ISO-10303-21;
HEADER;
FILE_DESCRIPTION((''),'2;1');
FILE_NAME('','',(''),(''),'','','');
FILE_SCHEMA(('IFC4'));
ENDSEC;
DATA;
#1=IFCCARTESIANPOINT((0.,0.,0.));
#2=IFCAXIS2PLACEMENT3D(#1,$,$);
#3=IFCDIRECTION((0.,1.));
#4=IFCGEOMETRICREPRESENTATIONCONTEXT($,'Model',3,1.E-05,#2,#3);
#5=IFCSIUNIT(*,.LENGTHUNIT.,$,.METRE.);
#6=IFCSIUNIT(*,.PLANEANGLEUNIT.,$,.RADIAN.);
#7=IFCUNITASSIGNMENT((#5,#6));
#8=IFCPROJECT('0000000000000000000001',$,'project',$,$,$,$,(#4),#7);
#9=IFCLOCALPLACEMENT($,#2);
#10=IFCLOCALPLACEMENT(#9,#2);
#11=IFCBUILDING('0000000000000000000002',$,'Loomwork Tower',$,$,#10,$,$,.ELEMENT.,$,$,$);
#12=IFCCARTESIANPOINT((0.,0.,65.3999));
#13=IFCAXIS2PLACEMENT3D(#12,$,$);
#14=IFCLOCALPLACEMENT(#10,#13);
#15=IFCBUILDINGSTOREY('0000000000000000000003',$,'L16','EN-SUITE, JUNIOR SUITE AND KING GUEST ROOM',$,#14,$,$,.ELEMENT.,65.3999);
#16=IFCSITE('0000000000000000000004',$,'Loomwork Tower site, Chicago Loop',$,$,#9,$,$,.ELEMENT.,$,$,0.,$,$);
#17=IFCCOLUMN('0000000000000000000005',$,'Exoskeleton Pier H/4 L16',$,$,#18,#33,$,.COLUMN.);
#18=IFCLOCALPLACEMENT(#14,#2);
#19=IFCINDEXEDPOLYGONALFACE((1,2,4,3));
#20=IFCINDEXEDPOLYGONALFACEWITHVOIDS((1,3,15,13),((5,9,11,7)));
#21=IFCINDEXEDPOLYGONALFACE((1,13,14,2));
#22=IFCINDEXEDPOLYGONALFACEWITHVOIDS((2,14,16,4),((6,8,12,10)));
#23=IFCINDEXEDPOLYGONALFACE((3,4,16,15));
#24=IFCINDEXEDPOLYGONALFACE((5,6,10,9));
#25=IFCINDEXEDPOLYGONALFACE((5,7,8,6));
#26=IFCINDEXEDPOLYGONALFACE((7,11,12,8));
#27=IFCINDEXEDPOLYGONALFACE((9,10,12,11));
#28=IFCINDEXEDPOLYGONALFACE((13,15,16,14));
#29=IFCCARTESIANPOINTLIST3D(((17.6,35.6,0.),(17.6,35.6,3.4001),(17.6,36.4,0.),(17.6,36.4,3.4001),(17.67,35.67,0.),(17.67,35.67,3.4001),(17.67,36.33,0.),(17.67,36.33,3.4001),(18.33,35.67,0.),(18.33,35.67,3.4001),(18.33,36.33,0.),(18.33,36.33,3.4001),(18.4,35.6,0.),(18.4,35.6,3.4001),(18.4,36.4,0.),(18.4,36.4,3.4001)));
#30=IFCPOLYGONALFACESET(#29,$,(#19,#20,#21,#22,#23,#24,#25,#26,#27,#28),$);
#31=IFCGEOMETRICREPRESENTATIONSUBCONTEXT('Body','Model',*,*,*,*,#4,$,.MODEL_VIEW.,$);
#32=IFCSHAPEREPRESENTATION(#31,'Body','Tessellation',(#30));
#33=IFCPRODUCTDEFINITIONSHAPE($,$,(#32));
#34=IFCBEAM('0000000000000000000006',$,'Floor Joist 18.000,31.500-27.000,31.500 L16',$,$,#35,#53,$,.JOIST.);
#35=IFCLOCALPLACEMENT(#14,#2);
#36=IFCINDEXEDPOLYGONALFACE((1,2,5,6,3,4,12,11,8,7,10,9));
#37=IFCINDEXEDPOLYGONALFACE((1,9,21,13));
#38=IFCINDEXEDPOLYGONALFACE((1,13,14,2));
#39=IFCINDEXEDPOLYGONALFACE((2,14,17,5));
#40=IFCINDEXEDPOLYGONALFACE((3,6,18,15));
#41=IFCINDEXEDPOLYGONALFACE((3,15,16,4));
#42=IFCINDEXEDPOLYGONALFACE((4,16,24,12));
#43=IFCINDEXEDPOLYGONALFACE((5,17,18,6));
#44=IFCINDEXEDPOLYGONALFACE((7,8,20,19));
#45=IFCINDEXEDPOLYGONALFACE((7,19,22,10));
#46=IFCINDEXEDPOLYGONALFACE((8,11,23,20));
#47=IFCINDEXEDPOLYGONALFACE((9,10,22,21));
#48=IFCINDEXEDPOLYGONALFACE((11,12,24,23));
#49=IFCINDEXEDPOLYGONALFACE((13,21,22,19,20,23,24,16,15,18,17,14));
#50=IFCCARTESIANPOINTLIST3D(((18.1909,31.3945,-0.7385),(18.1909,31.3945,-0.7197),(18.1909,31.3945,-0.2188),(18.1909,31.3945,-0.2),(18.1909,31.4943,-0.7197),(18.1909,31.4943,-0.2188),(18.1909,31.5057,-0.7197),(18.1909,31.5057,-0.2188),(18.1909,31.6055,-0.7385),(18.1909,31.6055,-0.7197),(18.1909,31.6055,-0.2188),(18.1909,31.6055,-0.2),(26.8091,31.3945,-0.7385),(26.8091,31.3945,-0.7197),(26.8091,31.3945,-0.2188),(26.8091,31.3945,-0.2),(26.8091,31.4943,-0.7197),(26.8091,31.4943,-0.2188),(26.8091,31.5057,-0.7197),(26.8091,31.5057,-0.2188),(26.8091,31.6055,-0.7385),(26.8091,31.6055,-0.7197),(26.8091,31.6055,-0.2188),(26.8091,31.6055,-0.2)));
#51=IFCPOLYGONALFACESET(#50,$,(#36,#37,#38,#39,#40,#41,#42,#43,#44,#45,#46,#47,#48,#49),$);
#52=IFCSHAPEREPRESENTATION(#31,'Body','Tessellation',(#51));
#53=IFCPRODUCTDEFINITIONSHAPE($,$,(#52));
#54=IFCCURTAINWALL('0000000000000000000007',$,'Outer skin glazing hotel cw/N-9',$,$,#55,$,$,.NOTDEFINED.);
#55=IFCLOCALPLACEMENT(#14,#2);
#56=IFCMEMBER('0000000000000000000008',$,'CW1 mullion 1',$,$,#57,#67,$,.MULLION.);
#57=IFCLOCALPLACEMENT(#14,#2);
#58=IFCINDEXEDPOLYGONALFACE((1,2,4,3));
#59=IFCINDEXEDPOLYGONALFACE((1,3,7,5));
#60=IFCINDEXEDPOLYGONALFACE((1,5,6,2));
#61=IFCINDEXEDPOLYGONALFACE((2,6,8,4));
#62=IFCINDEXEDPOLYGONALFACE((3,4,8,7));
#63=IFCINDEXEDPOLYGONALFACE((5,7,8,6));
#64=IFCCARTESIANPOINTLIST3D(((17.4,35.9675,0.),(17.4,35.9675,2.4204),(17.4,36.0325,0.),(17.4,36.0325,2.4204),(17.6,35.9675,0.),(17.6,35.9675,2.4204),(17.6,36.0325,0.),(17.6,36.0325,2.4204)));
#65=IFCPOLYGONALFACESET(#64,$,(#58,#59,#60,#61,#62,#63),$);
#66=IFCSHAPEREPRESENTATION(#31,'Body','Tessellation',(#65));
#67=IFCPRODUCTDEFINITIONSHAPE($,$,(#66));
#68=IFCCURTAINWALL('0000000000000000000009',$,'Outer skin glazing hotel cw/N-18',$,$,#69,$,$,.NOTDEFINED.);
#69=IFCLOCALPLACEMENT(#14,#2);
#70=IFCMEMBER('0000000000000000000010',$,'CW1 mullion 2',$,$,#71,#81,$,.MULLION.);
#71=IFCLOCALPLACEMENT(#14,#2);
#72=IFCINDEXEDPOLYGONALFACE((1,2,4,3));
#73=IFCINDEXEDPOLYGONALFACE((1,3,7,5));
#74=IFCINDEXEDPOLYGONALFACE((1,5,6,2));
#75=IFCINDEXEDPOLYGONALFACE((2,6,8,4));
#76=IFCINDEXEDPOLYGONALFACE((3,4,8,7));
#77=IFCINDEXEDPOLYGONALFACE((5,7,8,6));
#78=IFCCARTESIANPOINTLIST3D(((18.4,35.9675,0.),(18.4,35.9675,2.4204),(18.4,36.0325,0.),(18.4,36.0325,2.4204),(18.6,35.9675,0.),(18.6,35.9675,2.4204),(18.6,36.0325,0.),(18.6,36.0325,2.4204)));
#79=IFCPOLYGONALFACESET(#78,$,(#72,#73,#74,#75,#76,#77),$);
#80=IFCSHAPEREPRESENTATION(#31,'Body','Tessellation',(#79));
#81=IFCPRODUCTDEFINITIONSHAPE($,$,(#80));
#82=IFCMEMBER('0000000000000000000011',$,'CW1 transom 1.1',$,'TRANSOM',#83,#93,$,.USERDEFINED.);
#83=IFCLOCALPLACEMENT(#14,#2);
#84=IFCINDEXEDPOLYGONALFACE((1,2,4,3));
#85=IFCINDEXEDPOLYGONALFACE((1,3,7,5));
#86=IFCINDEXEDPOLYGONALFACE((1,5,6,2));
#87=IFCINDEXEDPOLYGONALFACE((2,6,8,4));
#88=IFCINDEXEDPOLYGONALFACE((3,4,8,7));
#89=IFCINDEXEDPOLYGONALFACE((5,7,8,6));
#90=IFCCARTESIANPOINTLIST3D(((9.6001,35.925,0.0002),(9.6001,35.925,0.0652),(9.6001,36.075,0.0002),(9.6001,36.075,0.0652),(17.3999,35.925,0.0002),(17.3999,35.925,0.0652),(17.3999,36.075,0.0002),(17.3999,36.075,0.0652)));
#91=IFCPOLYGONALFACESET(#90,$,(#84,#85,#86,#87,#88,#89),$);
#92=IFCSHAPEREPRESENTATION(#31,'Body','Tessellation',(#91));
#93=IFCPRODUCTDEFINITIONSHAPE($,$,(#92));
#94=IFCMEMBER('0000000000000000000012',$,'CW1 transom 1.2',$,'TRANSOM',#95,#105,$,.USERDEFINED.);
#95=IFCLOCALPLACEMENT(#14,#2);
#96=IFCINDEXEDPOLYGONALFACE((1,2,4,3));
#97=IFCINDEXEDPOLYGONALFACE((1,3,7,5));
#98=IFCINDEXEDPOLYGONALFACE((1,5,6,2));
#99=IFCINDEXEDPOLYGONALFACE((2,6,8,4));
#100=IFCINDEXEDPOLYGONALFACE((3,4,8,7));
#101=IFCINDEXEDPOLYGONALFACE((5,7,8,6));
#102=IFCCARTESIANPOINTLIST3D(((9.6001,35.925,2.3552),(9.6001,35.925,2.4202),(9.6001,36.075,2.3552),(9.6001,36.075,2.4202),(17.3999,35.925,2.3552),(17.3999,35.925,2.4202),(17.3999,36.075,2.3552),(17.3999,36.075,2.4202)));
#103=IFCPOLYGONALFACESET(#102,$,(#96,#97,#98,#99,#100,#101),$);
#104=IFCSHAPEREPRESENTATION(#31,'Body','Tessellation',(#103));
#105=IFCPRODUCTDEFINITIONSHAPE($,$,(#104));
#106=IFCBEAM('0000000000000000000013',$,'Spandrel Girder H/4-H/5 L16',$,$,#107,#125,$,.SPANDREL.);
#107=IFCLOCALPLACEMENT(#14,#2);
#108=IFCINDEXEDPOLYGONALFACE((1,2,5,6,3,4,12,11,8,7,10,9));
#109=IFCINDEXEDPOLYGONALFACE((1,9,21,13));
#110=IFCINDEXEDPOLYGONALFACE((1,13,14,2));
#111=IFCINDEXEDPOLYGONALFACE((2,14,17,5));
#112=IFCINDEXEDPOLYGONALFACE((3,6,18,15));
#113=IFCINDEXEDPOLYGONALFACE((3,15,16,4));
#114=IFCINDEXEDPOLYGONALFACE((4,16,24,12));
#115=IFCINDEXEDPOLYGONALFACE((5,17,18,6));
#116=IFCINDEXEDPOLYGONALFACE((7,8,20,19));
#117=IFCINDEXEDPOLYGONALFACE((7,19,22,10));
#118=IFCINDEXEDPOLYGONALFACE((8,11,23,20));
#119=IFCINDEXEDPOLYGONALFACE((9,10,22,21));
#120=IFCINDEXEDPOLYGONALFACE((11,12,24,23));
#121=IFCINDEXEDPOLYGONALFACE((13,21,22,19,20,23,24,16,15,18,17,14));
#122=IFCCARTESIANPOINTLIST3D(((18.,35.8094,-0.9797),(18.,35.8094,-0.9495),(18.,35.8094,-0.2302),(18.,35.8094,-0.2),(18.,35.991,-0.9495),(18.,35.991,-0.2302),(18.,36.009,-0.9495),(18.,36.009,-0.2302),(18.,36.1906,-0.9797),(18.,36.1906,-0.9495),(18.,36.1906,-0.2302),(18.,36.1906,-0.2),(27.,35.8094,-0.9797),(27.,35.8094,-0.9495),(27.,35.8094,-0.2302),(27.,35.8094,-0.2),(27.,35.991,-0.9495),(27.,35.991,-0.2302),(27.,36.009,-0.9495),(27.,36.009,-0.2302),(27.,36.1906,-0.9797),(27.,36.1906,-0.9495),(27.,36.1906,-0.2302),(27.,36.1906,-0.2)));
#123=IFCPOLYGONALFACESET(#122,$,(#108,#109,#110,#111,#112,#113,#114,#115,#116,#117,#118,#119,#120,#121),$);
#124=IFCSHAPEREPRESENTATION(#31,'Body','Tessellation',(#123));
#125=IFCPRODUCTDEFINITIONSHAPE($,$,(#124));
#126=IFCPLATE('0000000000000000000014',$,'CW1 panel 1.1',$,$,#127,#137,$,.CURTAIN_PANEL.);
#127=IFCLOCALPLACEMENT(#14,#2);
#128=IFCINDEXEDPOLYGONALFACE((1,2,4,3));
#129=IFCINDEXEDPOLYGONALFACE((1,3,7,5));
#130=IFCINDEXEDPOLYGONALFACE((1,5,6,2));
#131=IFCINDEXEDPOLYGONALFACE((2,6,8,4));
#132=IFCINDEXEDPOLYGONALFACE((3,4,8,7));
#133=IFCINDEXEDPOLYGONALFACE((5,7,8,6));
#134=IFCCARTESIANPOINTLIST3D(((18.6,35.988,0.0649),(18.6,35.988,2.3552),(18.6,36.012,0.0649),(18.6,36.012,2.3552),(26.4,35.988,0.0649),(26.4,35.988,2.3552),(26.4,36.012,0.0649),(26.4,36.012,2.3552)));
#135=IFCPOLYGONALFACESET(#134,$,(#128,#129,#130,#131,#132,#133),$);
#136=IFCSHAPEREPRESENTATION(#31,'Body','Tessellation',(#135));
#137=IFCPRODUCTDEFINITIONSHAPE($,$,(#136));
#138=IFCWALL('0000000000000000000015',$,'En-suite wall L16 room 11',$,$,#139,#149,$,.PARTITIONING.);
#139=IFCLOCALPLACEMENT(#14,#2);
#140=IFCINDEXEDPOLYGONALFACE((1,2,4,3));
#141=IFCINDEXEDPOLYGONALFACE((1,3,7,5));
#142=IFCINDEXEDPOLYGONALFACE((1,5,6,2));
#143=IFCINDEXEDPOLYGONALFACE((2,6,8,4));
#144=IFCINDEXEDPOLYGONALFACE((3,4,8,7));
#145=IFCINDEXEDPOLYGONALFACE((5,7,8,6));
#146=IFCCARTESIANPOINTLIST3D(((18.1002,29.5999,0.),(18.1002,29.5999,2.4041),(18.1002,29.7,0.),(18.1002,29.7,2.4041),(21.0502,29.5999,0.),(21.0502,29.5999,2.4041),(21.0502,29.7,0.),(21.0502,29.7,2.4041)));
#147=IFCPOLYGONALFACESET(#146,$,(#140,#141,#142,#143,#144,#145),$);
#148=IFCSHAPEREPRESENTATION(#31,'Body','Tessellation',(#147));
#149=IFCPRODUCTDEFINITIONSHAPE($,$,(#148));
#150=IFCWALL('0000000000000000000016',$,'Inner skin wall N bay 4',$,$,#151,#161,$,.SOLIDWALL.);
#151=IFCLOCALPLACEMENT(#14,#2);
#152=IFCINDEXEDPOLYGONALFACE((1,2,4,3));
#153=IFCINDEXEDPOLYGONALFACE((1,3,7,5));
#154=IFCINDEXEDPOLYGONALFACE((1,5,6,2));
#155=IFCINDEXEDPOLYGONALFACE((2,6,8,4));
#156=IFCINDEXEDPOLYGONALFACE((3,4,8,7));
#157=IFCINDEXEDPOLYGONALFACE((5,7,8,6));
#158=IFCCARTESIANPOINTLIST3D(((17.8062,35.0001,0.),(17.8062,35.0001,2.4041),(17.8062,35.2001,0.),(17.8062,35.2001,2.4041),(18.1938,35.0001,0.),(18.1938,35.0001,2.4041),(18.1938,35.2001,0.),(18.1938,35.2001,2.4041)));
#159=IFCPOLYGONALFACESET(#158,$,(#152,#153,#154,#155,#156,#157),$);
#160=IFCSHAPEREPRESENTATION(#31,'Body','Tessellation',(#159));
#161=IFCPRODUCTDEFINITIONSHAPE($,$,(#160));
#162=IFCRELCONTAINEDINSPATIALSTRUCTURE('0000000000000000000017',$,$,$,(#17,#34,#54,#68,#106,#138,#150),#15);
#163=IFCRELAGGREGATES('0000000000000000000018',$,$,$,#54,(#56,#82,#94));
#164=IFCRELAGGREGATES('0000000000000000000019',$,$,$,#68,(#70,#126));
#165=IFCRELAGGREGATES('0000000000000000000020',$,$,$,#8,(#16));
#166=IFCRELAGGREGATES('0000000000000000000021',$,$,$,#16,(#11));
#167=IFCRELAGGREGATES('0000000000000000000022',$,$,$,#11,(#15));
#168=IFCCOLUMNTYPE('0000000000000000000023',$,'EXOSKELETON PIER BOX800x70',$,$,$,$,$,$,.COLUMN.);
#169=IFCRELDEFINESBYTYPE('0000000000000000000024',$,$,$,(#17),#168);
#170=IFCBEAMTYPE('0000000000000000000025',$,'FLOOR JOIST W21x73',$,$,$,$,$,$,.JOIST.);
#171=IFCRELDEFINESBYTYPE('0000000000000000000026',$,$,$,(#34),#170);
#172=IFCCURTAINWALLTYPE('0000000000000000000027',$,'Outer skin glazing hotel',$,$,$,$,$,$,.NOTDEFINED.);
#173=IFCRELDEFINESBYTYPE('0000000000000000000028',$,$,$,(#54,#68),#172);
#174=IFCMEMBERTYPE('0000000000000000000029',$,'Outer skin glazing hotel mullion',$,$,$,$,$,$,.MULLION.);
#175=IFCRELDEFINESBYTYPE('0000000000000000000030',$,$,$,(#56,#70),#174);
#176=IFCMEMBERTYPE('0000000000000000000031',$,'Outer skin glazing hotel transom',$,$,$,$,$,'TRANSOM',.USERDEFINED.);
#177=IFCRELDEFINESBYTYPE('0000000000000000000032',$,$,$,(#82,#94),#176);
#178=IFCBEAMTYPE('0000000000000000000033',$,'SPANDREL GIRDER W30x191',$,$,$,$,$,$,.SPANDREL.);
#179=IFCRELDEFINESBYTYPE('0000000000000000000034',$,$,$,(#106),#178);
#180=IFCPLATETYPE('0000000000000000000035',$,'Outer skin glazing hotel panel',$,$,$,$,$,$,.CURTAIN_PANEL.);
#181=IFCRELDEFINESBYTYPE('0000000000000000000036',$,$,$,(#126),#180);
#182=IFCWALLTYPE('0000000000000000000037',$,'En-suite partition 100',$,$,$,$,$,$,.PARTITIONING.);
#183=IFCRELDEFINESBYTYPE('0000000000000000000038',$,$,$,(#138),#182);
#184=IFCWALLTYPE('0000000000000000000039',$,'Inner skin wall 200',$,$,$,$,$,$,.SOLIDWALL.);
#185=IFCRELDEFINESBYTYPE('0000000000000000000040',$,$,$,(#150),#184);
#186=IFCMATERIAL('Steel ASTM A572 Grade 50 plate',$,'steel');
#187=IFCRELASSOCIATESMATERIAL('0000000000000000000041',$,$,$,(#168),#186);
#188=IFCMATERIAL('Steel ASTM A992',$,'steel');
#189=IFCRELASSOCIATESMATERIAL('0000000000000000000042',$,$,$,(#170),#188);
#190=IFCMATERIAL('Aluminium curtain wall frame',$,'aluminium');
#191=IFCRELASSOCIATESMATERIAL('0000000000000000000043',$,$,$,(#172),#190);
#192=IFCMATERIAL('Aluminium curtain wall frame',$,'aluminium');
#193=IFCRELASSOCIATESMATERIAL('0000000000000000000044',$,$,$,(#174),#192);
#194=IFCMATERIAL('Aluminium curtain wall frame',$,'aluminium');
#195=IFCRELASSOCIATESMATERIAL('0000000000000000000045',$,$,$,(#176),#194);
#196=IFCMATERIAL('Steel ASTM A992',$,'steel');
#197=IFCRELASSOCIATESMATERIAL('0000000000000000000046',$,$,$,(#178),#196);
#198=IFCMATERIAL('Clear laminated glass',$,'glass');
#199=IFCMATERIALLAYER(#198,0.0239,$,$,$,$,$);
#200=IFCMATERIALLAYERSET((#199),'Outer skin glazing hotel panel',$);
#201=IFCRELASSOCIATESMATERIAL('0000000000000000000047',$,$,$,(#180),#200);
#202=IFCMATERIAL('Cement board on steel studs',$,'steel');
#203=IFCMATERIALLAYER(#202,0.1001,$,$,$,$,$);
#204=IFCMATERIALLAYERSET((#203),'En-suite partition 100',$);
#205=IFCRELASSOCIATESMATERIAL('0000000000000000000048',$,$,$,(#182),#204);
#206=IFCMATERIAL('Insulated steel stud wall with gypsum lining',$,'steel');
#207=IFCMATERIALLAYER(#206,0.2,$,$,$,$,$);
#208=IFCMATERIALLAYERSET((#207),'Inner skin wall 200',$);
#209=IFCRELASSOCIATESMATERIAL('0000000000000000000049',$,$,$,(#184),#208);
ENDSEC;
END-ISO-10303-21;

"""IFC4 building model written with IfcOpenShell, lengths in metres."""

from ifc_helpers import new_model, si_unit, direction, frame, frame_2d, origin, origin_2d, place, context, subcontext, project, spatial, rectangle, hollow_rectangle, i_section, extrude, material, layer, layer_set, material_profile, profile_set, type_object, element, aggregate, save


model = new_model("IFC4")

# Units and contexts
model_context = context("Model", 3, precision=1e-05, world=origin(), true_north=direction((0.0, 1.0)))
body_context = subcontext(model_context, "Body", "Model", "MODEL_VIEW")
ifc_project = project(units=[si_unit("LENGTHUNIT", "METRE"), si_unit("PLANEANGLEUNIT", "RADIAN")], contexts=[model_context])

# Site, building, storey
site_placement = place(None, origin())
site = spatial("IfcSite", under=ifc_project, at=site_placement, Name="Loomwork Tower site, Chicago Loop", CompositionType="ELEMENT", RefElevation=0.0)
building_placement = place(site_placement, origin())
building = spatial("IfcBuilding", under=site, at=building_placement, Name="Loomwork Tower", CompositionType="ELEMENT")
storey_placement = place(building_placement, frame((0.0, 0.0, 65.3999)))
storey = spatial("IfcBuildingStorey", under=building, at=storey_placement, Name="L16", Description="EN-SUITE, JUNIOR SUITE AND KING GUEST ROOM", CompositionType="ELEMENT", Elevation=65.3999)

# Column
ifc_material_1 = material(Name="Steel ASTM A572 Grade 50 plate", Category="steel")
ifc_material_profile_1 = material_profile(ifc_material_1, hollow_rectangle(XDim=0.8, YDim=0.8, WallThickness=0.0701, at=origin_2d()), Name="BOX800x70")
ifc_profile_set_1 = profile_set([ifc_material_profile_1], Name="Steel ASTM A572 Grade 50 plate")
column_type = type_object("IfcColumnType", Name="EXOSKELETON PIER BOX800x70", PredefinedType="COLUMN", material=ifc_profile_set_1)
column_placement = place(storey_placement, frame((18.0, 36.0, 0.0), z_axis=(0.0, 0.0, 1.0), x_axis=(1.0, 0.0, 0.0)))
element("IfcColumn", 1, at=column_placement, inside=storey, type_object=column_type, Name="Exoskeleton Pier H/4 L16", PredefinedType="COLUMN", context=body_context, shape_type="SweptSolid", body=[
    extrude(hollow_rectangle(XDim=0.8, YDim=0.8, WallThickness=0.0701, at=origin_2d()), origin(), (0.0, 0.0, 1.0), 3.4001),
])

# Beam
ifc_material_2 = material(Name="Steel ASTM A992", Category="steel")
ifc_material_profile_2 = material_profile(ifc_material_2, i_section(OverallWidth=0.2109, OverallDepth=0.5386, WebThickness=0.0115, FlangeThickness=0.0188, at=origin_2d()), Name="W21x73")
ifc_profile_set_2 = profile_set([ifc_material_profile_2], Name="Steel ASTM A992")
beam_type_1 = type_object("IfcBeamType", Name="FLOOR JOIST W21x73", PredefinedType="JOIST", material=ifc_profile_set_2)
beam_1_placement = place(storey_placement, frame((18.1909, 31.5, -0.4692), z_axis=(1.0, 0.0, 0.0), x_axis=(0.0, 1.0, 0.0)))
element("IfcBeam", 2, at=beam_1_placement, inside=storey, type_object=beam_type_1, Name="Floor Joist 18.000,31.500-27.000,31.500 L16", PredefinedType="JOIST", context=body_context, shape_type="SweptSolid", body=[
    extrude(i_section(OverallWidth=0.2109, OverallDepth=0.5386, WebThickness=0.0115, FlangeThickness=0.0188, at=origin_2d()), origin(), (0.0, 0.0, 1.0), 8.6182),
])

# Curtain walls, members
ifc_material_3 = material(Name="Aluminium curtain wall frame", Category="aluminium")
curtain_wall_type = type_object("IfcCurtainWallType", Name="Outer skin glazing hotel", PredefinedType="NOTDEFINED", material=ifc_material_3)
curtain_wall_1_placement = place(storey_placement, origin())
curtain_wall_1 = element("IfcCurtainWall", 3, at=curtain_wall_1_placement, inside=storey, type_object=curtain_wall_type, Name="Outer skin glazing hotel cw/N-9", PredefinedType="NOTDEFINED")
ifc_material_4 = material(Name="Aluminium curtain wall frame", Category="aluminium")
ifc_material_profile_3 = material_profile(ifc_material_4, rectangle(XDim=0.0649, YDim=0.2, at=origin_2d()), Name="AL 65x200")
ifc_profile_set_3 = profile_set([ifc_material_profile_3], Name="Aluminium curtain wall frame")
member_type_1 = type_object("IfcMemberType", Name="Outer skin glazing hotel mullion", PredefinedType="MULLION", material=ifc_profile_set_3)
member_1_placement = place(storey_placement, frame((17.5, 36.0, 0.0), z_axis=(0.0, 0.0, 1.0), x_axis=(0.0, -1.0, 0.0)))
member_1 = element("IfcMember", 4, at=member_1_placement, type_object=member_type_1, Name="CW1 mullion 1", PredefinedType="MULLION", context=body_context, shape_type="SweptSolid", body=[
    extrude(rectangle(XDim=0.0649, YDim=0.2, at=origin_2d()), origin(), (0.0, 0.0, 1.0), 2.4204),
])
curtain_wall_2_placement = place(storey_placement, origin())
curtain_wall_2 = element("IfcCurtainWall", 5, at=curtain_wall_2_placement, inside=storey, type_object=curtain_wall_type, Name="Outer skin glazing hotel cw/N-18", PredefinedType="NOTDEFINED")
member_2_placement = place(storey_placement, frame((18.5, 36.0, 0.0), z_axis=(0.0, 0.0, 1.0), x_axis=(0.0, -1.0, 0.0)))
member_2 = element("IfcMember", 6, at=member_2_placement, type_object=member_type_1, Name="CW1 mullion 2", PredefinedType="MULLION", context=body_context, shape_type="SweptSolid", body=[
    extrude(rectangle(XDim=0.0649, YDim=0.2, at=origin_2d()), origin(), (0.0, 0.0, 1.0), 2.4204),
])

# Members
ifc_material_5 = material(Name="Aluminium curtain wall frame", Category="aluminium")
ifc_material_profile_4 = material_profile(ifc_material_5, rectangle(XDim=0.1499, YDim=0.0649, at=origin_2d()), Name="AL 65x150")
ifc_profile_set_4 = profile_set([ifc_material_profile_4], Name="Aluminium curtain wall frame")
member_type_2 = type_object("IfcMemberType", Name="Outer skin glazing hotel transom", ElementType="TRANSOM", PredefinedType="USERDEFINED", material=ifc_profile_set_4)
member_3_placement = place(storey_placement, frame((17.3999, 36.0, 0.0327), z_axis=(-1.0, 0.0, 0.0), x_axis=(0.0, -1.0, 0.0)))
member_3 = element("IfcMember", 7, at=member_3_placement, type_object=member_type_2, Name="CW1 transom 1.1", ObjectType="TRANSOM", PredefinedType="USERDEFINED", context=body_context, shape_type="SweptSolid", body=[
    extrude(rectangle(XDim=0.1499, YDim=0.0649, at=origin_2d()), origin(), (0.0, 0.0, 1.0), 7.7998),
])
member_4_placement = place(storey_placement, frame((17.3999, 36.0, 2.3877), z_axis=(-1.0, 0.0, 0.0), x_axis=(0.0, -1.0, 0.0)))
member_4 = element("IfcMember", 8, at=member_4_placement, type_object=member_type_2, Name="CW1 transom 1.2", ObjectType="TRANSOM", PredefinedType="USERDEFINED", context=body_context, shape_type="SweptSolid", body=[
    extrude(rectangle(XDim=0.1499, YDim=0.0649, at=origin_2d()), origin(), (0.0, 0.0, 1.0), 7.7998),
])
aggregate(curtain_wall_1, [member_1, member_3, member_4])

# Beam
ifc_material_6 = material(Name="Steel ASTM A992", Category="steel")
ifc_material_profile_5 = material_profile(ifc_material_6, i_section(OverallWidth=0.3811, OverallDepth=0.7798, WebThickness=0.0181, FlangeThickness=0.0303, at=origin_2d()), Name="W30x191")
ifc_profile_set_5 = profile_set([ifc_material_profile_5], Name="Steel ASTM A992")
beam_type_2 = type_object("IfcBeamType", Name="SPANDREL GIRDER W30x191", PredefinedType="SPANDREL", material=ifc_profile_set_5)
beam_2_placement = place(storey_placement, frame((18.0, 36.0, -0.5898), z_axis=(1.0, 0.0, 0.0), x_axis=(0.0, 1.0, 0.0)))
element("IfcBeam", 9, at=beam_2_placement, inside=storey, type_object=beam_type_2, Name="Spandrel Girder H/4-H/5 L16", PredefinedType="SPANDREL", context=body_context, shape_type="SweptSolid", body=[
    extrude(i_section(OverallWidth=0.3811, OverallDepth=0.7798, WebThickness=0.0181, FlangeThickness=0.0303, at=origin_2d()), origin(), (0.0, 0.0, 1.0), 9.0),
])

# Plate
ifc_material_7 = material(Name="Clear laminated glass", Category="glass")
ifc_layer_1 = layer(ifc_material_7, 0.0239)
ifc_layer_set_1 = layer_set([ifc_layer_1], Name="Outer skin glazing hotel panel")
plate_type = type_object("IfcPlateType", Name="Outer skin glazing hotel panel", PredefinedType="CURTAIN_PANEL", material=ifc_layer_set_1)
plate_placement = place(storey_placement, frame((22.5, 36.0, 0.0649), z_axis=(0.0, 0.0, 1.0), x_axis=(-1.0, 0.0, 0.0)))
plate = element("IfcPlate", 10, at=plate_placement, type_object=plate_type, Name="CW1 panel 1.1", PredefinedType="CURTAIN_PANEL", context=body_context, shape_type="SweptSolid", body=[
    extrude(rectangle(XDim=7.8, YDim=0.0239, at=origin_2d()), origin(), (0.0, 0.0, 1.0), 2.2903),
])
aggregate(curtain_wall_2, [member_2, plate])

# Walls
ifc_material_8 = material(Name="Cement board on steel studs", Category="steel")
ifc_layer_2 = layer(ifc_material_8, 0.1001)
ifc_layer_set_2 = layer_set([ifc_layer_2], Name="En-suite partition 100")
wall_type_1 = type_object("IfcWallType", Name="En-suite partition 100", PredefinedType="PARTITIONING", material=ifc_layer_set_2)
wall_1_placement = place(storey_placement, frame((18.1001, 29.6499, 0.0), z_axis=(0.0, 0.0, 1.0), x_axis=(1.0, 0.0, 0.0)))
element("IfcWall", 11, at=wall_1_placement, inside=storey, type_object=wall_type_1, Name="En-suite wall L16 room 11", PredefinedType="PARTITIONING", context=body_context, shape_type="SweptSolid", body=[
    extrude(rectangle(XDim=2.95, YDim=0.1001, at=frame_2d((1.4751, 0.0))), origin(), (0.0, 0.0, 1.0), 2.4041),
])
ifc_material_9 = material(Name="Insulated steel stud wall with gypsum lining", Category="steel")
ifc_layer_3 = layer(ifc_material_9, 0.2)
ifc_layer_set_3 = layer_set([ifc_layer_3], Name="Inner skin wall 200")
wall_type_2 = type_object("IfcWallType", Name="Inner skin wall 200", PredefinedType="SOLIDWALL", material=ifc_layer_set_3)
wall_2_placement = place(storey_placement, frame((17.8062, 35.1001, 0.0), z_axis=(0.0, 0.0, 1.0), x_axis=(1.0, 0.0, 0.0)))
element("IfcWall", 12, at=wall_2_placement, inside=storey, type_object=wall_type_2, Name="Inner skin wall N bay 4", PredefinedType="SOLIDWALL", context=body_context, shape_type="SweptSolid", body=[
    extrude(rectangle(XDim=0.3877, YDim=0.2, at=frame_2d((0.1938, 0.0))), origin(), (0.0, 0.0, 1.0), 2.4041),
])

save(model, "model.ifc")
